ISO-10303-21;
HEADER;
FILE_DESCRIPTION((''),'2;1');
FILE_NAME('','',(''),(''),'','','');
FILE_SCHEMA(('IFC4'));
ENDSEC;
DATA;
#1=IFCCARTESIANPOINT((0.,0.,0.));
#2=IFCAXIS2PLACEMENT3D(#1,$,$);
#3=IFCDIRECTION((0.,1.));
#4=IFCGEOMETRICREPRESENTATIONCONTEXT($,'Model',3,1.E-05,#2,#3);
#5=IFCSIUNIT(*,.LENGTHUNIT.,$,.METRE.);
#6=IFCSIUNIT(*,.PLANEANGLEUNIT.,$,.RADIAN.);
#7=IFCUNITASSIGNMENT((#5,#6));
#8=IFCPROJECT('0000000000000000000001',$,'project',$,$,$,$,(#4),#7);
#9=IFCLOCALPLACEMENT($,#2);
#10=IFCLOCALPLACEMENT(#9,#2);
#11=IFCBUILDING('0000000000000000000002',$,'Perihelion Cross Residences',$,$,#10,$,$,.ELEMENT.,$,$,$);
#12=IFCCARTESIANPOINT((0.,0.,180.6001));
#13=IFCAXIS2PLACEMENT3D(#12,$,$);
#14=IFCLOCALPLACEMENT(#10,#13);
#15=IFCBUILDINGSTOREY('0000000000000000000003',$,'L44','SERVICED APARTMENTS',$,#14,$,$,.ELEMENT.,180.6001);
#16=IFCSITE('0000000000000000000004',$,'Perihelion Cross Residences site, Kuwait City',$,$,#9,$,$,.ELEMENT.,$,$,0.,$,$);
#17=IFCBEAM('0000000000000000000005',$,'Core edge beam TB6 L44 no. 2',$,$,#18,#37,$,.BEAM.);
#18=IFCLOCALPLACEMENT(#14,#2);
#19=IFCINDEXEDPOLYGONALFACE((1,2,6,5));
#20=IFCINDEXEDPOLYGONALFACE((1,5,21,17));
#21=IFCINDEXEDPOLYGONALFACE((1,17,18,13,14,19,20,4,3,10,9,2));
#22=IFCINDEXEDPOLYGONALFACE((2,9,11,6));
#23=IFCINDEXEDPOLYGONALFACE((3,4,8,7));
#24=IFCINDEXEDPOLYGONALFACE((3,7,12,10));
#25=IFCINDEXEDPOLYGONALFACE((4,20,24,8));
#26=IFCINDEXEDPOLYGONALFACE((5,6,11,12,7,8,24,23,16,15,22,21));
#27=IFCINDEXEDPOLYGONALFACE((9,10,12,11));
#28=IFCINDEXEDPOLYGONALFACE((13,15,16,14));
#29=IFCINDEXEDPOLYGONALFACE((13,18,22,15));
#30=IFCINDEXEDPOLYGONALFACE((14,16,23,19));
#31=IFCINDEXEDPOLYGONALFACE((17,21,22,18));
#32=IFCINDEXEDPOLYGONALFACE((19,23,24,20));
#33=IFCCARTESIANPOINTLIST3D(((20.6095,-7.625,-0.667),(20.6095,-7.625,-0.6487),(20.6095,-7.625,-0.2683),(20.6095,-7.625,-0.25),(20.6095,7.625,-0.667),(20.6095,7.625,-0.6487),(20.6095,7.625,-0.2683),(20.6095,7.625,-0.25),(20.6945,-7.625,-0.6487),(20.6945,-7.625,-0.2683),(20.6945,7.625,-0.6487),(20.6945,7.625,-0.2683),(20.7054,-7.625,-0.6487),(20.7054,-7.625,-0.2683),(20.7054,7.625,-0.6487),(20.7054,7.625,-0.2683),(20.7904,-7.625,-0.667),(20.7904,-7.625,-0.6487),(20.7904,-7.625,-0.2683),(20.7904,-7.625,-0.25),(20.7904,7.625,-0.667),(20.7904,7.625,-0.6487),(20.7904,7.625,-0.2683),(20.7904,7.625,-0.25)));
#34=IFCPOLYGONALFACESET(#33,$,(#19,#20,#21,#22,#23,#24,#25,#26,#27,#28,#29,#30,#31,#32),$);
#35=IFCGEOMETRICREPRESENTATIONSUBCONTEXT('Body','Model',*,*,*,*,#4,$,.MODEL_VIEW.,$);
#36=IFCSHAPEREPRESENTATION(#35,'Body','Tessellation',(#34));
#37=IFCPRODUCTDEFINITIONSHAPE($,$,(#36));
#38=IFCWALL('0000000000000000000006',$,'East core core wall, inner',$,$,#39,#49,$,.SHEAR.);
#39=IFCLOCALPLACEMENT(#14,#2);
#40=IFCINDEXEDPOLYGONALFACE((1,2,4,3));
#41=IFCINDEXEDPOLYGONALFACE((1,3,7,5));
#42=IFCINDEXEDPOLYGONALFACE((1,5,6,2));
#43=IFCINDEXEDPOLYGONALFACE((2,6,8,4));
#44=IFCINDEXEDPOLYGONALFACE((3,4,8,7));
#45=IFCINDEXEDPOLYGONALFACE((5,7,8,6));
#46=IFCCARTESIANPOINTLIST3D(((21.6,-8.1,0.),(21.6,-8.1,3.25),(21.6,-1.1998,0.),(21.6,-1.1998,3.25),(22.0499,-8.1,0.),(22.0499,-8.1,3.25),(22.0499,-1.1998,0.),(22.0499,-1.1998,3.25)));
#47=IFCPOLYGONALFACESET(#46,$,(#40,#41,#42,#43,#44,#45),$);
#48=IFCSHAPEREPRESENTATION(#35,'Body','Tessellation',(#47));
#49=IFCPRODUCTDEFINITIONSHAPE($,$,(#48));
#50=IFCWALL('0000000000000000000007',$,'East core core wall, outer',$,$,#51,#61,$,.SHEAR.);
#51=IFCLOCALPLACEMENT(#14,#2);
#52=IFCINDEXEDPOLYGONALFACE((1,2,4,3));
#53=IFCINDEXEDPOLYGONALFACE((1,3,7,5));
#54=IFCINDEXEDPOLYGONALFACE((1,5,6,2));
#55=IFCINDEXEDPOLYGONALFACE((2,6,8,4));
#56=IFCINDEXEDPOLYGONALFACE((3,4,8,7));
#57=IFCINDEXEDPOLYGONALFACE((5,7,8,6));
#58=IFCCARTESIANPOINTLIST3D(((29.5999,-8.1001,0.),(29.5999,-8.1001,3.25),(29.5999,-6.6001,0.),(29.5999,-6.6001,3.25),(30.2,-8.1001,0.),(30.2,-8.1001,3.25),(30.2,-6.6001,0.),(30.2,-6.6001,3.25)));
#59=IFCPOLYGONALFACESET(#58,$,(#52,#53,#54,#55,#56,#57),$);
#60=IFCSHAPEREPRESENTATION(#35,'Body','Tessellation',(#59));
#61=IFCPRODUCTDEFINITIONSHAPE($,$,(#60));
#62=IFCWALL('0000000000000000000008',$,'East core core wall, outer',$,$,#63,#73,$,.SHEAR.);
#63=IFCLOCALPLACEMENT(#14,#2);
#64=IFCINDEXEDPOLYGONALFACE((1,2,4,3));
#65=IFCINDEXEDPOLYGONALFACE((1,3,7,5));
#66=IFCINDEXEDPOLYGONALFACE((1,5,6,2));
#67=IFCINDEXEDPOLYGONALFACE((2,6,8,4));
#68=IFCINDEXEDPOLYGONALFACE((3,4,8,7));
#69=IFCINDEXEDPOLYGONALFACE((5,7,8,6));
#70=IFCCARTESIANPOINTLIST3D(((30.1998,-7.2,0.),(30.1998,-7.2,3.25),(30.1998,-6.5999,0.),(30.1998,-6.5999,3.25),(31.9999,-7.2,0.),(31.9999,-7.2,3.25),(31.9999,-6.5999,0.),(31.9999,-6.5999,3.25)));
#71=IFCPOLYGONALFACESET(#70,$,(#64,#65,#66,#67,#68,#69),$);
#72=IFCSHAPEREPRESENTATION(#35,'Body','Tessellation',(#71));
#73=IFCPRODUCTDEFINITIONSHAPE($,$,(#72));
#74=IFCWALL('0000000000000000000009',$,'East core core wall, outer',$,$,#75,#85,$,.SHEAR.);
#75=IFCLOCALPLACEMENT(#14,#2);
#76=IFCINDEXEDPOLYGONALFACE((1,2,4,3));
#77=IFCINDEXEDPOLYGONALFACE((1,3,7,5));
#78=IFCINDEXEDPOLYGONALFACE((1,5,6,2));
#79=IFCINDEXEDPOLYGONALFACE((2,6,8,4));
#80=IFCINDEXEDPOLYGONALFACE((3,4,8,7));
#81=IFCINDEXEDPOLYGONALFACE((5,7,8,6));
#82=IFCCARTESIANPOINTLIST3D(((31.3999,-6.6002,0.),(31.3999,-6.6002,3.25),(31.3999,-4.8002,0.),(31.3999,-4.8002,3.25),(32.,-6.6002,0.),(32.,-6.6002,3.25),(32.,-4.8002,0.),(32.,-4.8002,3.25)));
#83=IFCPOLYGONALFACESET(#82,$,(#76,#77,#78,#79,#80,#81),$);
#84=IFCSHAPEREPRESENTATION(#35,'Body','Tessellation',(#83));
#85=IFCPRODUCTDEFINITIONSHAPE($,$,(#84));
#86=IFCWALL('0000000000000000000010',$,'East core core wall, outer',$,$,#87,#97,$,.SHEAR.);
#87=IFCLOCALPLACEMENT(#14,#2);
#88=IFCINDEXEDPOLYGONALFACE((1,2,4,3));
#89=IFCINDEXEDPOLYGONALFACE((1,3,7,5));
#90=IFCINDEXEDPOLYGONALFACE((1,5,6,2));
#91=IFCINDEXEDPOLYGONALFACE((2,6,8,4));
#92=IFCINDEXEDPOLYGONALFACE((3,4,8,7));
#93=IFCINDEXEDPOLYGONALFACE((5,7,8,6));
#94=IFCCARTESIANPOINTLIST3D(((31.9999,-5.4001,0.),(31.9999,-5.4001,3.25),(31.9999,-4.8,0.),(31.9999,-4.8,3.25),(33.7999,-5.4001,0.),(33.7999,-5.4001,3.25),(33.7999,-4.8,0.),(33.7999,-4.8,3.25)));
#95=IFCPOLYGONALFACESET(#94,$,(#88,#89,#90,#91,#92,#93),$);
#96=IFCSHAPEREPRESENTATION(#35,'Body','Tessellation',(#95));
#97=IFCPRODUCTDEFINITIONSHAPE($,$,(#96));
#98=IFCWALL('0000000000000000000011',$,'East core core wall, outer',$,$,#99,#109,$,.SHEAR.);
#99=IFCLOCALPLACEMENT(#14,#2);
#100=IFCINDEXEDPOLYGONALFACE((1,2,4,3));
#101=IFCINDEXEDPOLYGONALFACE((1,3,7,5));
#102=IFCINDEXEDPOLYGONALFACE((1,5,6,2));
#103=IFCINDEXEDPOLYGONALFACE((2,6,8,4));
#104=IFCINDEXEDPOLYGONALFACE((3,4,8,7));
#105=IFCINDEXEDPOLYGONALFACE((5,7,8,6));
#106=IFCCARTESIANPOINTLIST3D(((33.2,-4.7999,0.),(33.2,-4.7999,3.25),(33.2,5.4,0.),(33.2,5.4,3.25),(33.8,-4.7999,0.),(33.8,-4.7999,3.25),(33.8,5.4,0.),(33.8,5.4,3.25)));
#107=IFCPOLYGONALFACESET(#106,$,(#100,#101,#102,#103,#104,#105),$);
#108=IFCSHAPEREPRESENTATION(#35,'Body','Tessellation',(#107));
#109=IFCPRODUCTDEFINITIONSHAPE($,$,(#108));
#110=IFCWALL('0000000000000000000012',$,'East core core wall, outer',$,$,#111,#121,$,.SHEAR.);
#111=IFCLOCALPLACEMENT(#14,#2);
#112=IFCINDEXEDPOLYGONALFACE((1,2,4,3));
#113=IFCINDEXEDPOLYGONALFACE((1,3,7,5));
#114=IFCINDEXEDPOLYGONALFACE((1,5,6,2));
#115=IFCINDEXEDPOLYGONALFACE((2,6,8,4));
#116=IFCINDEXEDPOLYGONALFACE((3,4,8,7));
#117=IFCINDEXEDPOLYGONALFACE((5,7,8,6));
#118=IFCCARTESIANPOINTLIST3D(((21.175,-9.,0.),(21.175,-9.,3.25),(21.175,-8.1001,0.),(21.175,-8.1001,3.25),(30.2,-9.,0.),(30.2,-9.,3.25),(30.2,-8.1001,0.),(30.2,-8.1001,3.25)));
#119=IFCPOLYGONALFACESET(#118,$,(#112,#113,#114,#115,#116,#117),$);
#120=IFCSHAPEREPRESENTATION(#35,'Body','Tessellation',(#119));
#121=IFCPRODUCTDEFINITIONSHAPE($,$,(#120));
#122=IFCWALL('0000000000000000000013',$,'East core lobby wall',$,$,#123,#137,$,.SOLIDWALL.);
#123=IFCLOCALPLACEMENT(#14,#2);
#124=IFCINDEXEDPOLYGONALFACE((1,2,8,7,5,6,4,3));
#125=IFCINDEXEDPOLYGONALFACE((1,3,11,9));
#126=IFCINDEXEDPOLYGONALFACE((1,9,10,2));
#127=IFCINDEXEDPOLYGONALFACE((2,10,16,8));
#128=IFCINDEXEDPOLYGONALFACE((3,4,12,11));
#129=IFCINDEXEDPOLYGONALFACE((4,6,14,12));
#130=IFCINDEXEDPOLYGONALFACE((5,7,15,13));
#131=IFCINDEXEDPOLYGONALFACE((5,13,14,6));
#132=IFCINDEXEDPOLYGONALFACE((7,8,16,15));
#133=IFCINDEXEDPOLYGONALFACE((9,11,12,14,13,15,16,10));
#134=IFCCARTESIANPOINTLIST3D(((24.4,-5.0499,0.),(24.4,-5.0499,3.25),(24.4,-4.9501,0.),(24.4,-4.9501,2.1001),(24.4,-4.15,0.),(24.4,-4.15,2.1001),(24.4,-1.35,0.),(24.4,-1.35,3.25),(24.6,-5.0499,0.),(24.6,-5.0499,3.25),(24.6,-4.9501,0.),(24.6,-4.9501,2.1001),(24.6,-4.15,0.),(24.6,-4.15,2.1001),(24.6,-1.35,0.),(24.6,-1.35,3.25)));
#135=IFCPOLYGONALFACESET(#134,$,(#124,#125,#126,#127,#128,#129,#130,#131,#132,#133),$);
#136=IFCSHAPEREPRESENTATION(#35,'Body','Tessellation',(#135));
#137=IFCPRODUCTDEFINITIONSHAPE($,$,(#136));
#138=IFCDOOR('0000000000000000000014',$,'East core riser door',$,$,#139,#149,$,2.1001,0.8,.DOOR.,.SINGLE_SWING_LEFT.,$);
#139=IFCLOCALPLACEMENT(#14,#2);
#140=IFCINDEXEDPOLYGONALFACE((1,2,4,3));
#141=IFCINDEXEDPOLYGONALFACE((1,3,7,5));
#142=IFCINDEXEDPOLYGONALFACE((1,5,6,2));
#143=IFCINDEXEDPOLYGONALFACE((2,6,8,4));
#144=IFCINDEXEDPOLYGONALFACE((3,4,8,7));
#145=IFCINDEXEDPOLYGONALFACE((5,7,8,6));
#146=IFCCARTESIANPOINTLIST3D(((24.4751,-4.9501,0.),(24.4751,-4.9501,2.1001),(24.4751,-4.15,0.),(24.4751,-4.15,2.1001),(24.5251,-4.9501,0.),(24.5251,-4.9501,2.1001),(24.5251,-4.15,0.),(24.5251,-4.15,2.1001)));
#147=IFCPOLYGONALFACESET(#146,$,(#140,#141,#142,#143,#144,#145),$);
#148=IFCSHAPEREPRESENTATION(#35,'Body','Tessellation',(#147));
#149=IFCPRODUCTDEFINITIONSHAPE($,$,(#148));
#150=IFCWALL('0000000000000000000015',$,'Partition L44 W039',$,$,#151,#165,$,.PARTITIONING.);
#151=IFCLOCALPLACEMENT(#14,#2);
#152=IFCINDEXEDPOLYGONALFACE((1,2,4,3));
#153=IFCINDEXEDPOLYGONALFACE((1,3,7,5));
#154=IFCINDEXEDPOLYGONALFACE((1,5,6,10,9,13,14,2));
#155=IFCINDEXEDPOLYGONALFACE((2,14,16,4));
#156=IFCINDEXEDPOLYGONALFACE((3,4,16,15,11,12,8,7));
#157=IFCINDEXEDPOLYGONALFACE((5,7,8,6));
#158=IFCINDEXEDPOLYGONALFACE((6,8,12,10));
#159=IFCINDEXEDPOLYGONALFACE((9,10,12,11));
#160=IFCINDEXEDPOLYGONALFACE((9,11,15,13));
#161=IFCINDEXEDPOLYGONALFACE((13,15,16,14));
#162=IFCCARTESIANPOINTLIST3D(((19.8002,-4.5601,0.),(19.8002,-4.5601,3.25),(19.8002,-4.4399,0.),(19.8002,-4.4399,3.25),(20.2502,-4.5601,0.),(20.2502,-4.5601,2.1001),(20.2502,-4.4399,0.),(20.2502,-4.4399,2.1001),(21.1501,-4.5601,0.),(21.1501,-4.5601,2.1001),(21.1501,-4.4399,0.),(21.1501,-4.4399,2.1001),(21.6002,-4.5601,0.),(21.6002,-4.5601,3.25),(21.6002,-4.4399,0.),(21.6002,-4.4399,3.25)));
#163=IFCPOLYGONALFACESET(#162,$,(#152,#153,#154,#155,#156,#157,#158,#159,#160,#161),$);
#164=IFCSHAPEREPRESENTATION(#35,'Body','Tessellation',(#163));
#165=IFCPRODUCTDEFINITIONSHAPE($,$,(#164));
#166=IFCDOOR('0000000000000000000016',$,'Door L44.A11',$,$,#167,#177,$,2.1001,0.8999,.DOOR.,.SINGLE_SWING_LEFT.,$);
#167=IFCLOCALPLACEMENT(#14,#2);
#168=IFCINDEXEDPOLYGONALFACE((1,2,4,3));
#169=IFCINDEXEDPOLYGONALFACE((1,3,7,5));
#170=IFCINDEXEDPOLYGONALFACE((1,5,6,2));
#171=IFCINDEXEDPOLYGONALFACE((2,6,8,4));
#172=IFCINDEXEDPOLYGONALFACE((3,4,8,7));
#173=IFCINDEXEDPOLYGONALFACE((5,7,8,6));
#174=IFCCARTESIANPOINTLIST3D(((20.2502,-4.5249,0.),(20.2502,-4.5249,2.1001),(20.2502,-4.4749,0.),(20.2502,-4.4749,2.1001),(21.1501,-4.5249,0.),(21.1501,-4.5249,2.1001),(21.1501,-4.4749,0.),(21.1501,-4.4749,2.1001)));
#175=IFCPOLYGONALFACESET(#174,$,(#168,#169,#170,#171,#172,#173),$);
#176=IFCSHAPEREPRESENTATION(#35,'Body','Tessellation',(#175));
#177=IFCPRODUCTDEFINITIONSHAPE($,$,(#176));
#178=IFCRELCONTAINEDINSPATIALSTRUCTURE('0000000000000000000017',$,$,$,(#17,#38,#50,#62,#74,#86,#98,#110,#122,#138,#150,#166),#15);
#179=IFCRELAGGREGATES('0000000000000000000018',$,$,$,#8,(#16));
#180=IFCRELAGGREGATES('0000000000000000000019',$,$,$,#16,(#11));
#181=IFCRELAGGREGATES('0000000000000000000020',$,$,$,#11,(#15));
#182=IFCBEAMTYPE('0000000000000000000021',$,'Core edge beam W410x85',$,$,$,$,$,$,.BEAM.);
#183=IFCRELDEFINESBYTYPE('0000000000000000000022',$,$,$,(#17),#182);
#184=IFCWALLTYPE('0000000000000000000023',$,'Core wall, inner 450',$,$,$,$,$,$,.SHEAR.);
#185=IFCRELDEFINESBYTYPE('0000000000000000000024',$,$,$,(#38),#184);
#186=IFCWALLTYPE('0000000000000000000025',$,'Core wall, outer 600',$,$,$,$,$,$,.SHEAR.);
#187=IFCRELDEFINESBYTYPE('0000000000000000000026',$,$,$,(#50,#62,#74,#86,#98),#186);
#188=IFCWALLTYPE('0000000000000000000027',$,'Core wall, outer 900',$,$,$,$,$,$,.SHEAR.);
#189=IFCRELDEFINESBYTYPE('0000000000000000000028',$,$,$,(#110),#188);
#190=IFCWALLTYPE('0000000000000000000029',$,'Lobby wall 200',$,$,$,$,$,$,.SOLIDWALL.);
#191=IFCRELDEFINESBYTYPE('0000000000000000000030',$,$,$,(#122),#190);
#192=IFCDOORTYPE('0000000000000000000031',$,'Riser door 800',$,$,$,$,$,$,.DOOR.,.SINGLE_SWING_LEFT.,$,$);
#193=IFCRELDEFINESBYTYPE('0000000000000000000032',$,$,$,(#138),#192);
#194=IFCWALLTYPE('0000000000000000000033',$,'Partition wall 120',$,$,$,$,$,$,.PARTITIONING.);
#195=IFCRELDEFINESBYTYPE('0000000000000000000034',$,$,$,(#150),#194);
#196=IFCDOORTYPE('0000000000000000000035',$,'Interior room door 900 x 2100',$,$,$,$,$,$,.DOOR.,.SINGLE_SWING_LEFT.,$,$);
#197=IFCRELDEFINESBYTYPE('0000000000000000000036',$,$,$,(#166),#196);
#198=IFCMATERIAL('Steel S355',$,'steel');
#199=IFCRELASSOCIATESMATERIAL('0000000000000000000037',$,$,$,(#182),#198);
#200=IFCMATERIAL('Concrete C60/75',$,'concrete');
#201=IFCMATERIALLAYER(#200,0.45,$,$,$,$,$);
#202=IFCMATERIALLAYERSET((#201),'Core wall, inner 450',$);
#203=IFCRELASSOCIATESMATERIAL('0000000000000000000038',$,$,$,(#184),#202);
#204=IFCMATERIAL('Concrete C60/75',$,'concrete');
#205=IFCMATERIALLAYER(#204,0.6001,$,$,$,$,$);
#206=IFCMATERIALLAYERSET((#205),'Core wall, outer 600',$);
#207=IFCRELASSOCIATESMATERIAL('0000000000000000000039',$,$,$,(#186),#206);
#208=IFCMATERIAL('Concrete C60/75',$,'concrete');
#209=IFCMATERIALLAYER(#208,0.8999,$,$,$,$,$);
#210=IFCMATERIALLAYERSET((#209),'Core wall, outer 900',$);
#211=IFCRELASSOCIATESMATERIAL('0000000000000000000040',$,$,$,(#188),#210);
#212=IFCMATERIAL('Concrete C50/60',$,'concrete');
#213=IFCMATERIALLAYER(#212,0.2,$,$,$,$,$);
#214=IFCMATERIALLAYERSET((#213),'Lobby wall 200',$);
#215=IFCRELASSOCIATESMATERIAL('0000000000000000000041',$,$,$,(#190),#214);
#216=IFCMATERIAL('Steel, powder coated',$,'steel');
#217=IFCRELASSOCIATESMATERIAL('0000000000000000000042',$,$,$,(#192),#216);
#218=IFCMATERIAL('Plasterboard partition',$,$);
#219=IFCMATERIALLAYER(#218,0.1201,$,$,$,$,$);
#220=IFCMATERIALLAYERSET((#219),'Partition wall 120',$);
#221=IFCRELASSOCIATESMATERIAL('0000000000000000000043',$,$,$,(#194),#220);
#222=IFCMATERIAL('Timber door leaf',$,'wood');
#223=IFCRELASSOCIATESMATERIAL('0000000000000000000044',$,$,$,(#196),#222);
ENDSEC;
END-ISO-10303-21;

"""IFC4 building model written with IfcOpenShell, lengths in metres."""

from ifc_helpers import new_model, si_unit, direction, frame, frame_2d, origin, origin_2d, place, context, subcontext, project, spatial, rectangle, i_section, extrude, material, layer, layer_set, material_profile, profile_set, type_object, element, fill, save


model = new_model("IFC4")

# Units and contexts
model_context = context("Model", 3, precision=1e-05, world=origin(), true_north=direction((0.0, 1.0)))
body_context = subcontext(model_context, "Body", "Model", "MODEL_VIEW")
ifc_project = project(units=[si_unit("LENGTHUNIT", "METRE"), si_unit("PLANEANGLEUNIT", "RADIAN")], contexts=[model_context])

# Site, building, storey
site_placement = place(None, origin())
site = spatial("IfcSite", under=ifc_project, at=site_placement, Name="Perihelion Cross Residences site, Kuwait City", CompositionType="ELEMENT", RefElevation=0.0)
building_placement = place(site_placement, origin())
building = spatial("IfcBuilding", under=site, at=building_placement, Name="Perihelion Cross Residences", CompositionType="ELEMENT")
storey_placement = place(building_placement, frame((0.0, 0.0, 180.6001)))
storey = spatial("IfcBuildingStorey", under=building, at=storey_placement, Name="L44", Description="SERVICED APARTMENTS", CompositionType="ELEMENT", Elevation=180.6001)

# Beam
ifc_material_1 = material(Name="Steel S355", Category="steel")
ifc_material_profile = material_profile(ifc_material_1, i_section(OverallWidth=0.1809, OverallDepth=0.417, WebThickness=0.011, FlangeThickness=0.0183, at=origin_2d()), Name="W410x85")
ifc_profile_set = profile_set([ifc_material_profile], Name="Steel S355")
beam_type = type_object("IfcBeamType", Name="Core edge beam W410x85", PredefinedType="BEAM", material=ifc_profile_set)
beam_placement = place(storey_placement, frame((20.7, -7.625, -0.4585), z_axis=(0.0, 1.0, 0.0), x_axis=(-1.0, 0.0, 0.0)))
element("IfcBeam", 1, at=beam_placement, inside=storey, type_object=beam_type, Name="Core edge beam TB6 L44 no. 2", PredefinedType="BEAM", context=body_context, shape_type="SweptSolid", body=[
    extrude(i_section(OverallWidth=0.1809, OverallDepth=0.417, WebThickness=0.011, FlangeThickness=0.0183, at=origin_2d()), origin(), (0.0, 0.0, 1.0), 15.25),
])

# Walls
ifc_material_2 = material(Name="Concrete C60/75", Category="concrete")
ifc_layer_1 = layer(ifc_material_2, 0.45)
ifc_layer_set_1 = layer_set([ifc_layer_1], Name="Core wall, inner 450")
wall_type_1 = type_object("IfcWallType", Name="Core wall, inner 450", PredefinedType="SHEAR", material=ifc_layer_set_1)
wall_1_placement = place(storey_placement, frame((21.825, -8.1001, 0.0), z_axis=(0.0, 0.0, 1.0), x_axis=(0.0, 1.0, 0.0)))
element("IfcWall", 2, at=wall_1_placement, inside=storey, type_object=wall_type_1, Name="East core core wall, inner", PredefinedType="SHEAR", context=body_context, shape_type="SweptSolid", body=[
    extrude(rectangle(XDim=6.9001, YDim=0.45, at=frame_2d((3.4502, 0.0))), origin(), (0.0, 0.0, 1.0), 3.25),
])
ifc_material_3 = material(Name="Concrete C60/75", Category="concrete")
ifc_layer_2 = layer(ifc_material_3, 0.6001)
ifc_layer_set_2 = layer_set([ifc_layer_2], Name="Core wall, outer 600")
wall_type_2 = type_object("IfcWallType", Name="Core wall, outer 600", PredefinedType="SHEAR", material=ifc_layer_set_2)
wall_2_placement = place(storey_placement, frame((29.8999, -8.1001, 0.0), z_axis=(0.0, 0.0, 1.0), x_axis=(0.0, 1.0, 0.0)))
element("IfcWall", 3, at=wall_2_placement, inside=storey, type_object=wall_type_2, Name="East core core wall, outer", PredefinedType="SHEAR", context=body_context, shape_type="SweptSolid", body=[
    extrude(rectangle(XDim=1.5, YDim=0.6001, at=frame_2d((0.75, 0.0))), origin(), (0.0, 0.0, 1.0), 3.25),
])
for number, where, z_axis, x_axis, name in (
    (4, (30.2, -6.8999, 0.0), (0.0, 0.0, 1.0), (1.0, 0.0, 0.0), "East core core wall, outer"),
    (5, (31.7, -6.6001, 0.0), (0.0, 0.0, 1.0), (0.0, 1.0, 0.0), "East core core wall, outer"),
    (6, (32.0, -5.1001, 0.0), (0.0, 0.0, 1.0), (1.0, 0.0, 0.0), "East core core wall, outer"),
):
    element("IfcWall", number, at=place(storey_placement, frame(where, z_axis=z_axis, x_axis=x_axis)), inside=storey, type_object=wall_type_2, Name=name, PredefinedType="SHEAR", context=body_context, shape_type="SweptSolid", body=[
        extrude(rectangle(XDim=1.8, YDim=0.6001, at=frame_2d((0.8999, 0.0))), origin(), (0.0, 0.0, 1.0), 3.25),
    ])
wall_3_placement = place(storey_placement, frame((33.5, -4.8, 0.0), z_axis=(0.0, 0.0, 1.0), x_axis=(0.0, 1.0, 0.0)))
element("IfcWall", 7, at=wall_3_placement, inside=storey, type_object=wall_type_2, Name="East core core wall, outer", PredefinedType="SHEAR", context=body_context, shape_type="SweptSolid", body=[
    extrude(rectangle(XDim=10.2, YDim=0.6001, at=frame_2d((5.1001, 0.0))), origin(), (0.0, 0.0, 1.0), 3.25),
])
ifc_material_4 = material(Name="Concrete C60/75", Category="concrete")
ifc_layer_3 = layer(ifc_material_4, 0.8999)
ifc_layer_set_3 = layer_set([ifc_layer_3], Name="Core wall, outer 900")
wall_type_3 = type_object("IfcWallType", Name="Core wall, outer 900", PredefinedType="SHEAR", material=ifc_layer_set_3)
wall_4_placement = place(storey_placement, frame((21.175, -8.55, 0.0), z_axis=(0.0, 0.0, 1.0), x_axis=(1.0, 0.0, 0.0)))
element("IfcWall", 8, at=wall_4_placement, inside=storey, type_object=wall_type_3, Name="East core core wall, outer", PredefinedType="SHEAR", context=body_context, shape_type="SweptSolid", body=[
    extrude(rectangle(XDim=9.0249, YDim=0.8999, at=frame_2d((4.5125, 0.0))), origin(), (0.0, 0.0, 1.0), 3.25),
])

# Walls, openings, doors
ifc_material_5 = material(Name="Concrete C50/60", Category="concrete")
ifc_layer_4 = layer(ifc_material_5, 0.2)
ifc_layer_set_4 = layer_set([ifc_layer_4], Name="Lobby wall 200")
wall_type_4 = type_object("IfcWallType", Name="Lobby wall 200", PredefinedType="SOLIDWALL", material=ifc_layer_set_4)
wall_5_placement = place(storey_placement, frame((24.5, -5.05, 0.0), z_axis=(0.0, 0.0, 1.0), x_axis=(0.0, 1.0, 0.0)))
wall_5 = element("IfcWall", 9, at=wall_5_placement, inside=storey, type_object=wall_type_4, Name="East core lobby wall", PredefinedType="SOLIDWALL", context=body_context, shape_type="SweptSolid", body=[
    extrude(rectangle(XDim=3.7, YDim=0.2, at=frame_2d((1.8501, 0.0))), origin(), (0.0, 0.0, 1.0), 3.25),
])
opening_1_placement = place(wall_5_placement, frame((0.1001, 0.0, 0.0)))
opening_1 = element("IfcOpeningElement", 10, at=opening_1_placement, cuts=wall_5, PredefinedType="OPENING", context=body_context, shape_type="SweptSolid", body=[
    extrude(rectangle(XDim=0.8, YDim=2.1001, at=frame_2d((0.3999, 1.05))), frame((0.0, 0.1099, 0.0), z_axis=(0.0, -1.0, 0.0), x_axis=(1.0, 0.0, 0.0)), (0.0, 0.0, 1.0), 0.22),
])
ifc_material_6 = material(Name="Steel, powder coated", Category="steel")
door_type_1 = type_object("IfcDoorType", Name="Riser door 800", OperationType="SINGLE_SWING_LEFT", PredefinedType="DOOR", material=ifc_material_6)
door_1_placement = place(opening_1_placement, origin())
door_1 = element("IfcDoor", 11, at=door_1_placement, inside=storey, type_object=door_type_1, Name="East core riser door", OperationType="SINGLE_SWING_LEFT", OverallHeight=2.1001, OverallWidth=0.8, PredefinedType="DOOR", context=body_context, shape_type="SweptSolid", body=[
    extrude(rectangle(XDim=0.8, YDim=2.1001, at=frame_2d((0.3999, 1.05))), frame((0.0, 0.0249, 0.0), z_axis=(0.0, -1.0, 0.0), x_axis=(1.0, 0.0, 0.0)), (0.0, 0.0, 1.0), 0.05),
])
fill(opening_1, door_1)
ifc_material_7 = material(Name="Plasterboard partition")
ifc_layer_5 = layer(ifc_material_7, 0.1201)
ifc_layer_set_5 = layer_set([ifc_layer_5], Name="Partition wall 120")
wall_type_5 = type_object("IfcWallType", Name="Partition wall 120", PredefinedType="PARTITIONING", material=ifc_layer_set_5)
wall_6_placement = place(storey_placement, frame((21.6001, -4.5, 0.0), z_axis=(0.0, 0.0, 1.0), x_axis=(-1.0, 0.0, 0.0)))
wall_6 = element("IfcWall", 12, at=wall_6_placement, inside=storey, type_object=wall_type_5, Name="Partition L44 W039", PredefinedType="PARTITIONING", context=body_context, shape_type="SweptSolid", body=[
    extrude(rectangle(XDim=1.8, YDim=0.1201, at=frame_2d((0.8999, 0.0))), origin(), (0.0, 0.0, 1.0), 3.25),
])
opening_2_placement = place(wall_6_placement, frame((0.45, 0.0, 0.0)))
opening_2 = element("IfcOpeningElement", 13, at=opening_2_placement, cuts=wall_6, PredefinedType="OPENING", context=body_context, shape_type="SweptSolid", body=[
    extrude(rectangle(XDim=0.8999, YDim=2.1001, at=frame_2d((0.45, 1.05))), frame((0.0, 0.0701, 0.0), z_axis=(0.0, -1.0, 0.0), x_axis=(1.0, 0.0, 0.0)), (0.0, 0.0, 1.0), 0.1401),
])
ifc_material_8 = material(Name="Timber door leaf", Category="wood")
door_type_2 = type_object("IfcDoorType", Name="Interior room door 900 x 2100", OperationType="SINGLE_SWING_LEFT", PredefinedType="DOOR", material=ifc_material_8)
door_2_placement = place(opening_2_placement, origin())
door_2 = element("IfcDoor", 14, at=door_2_placement, inside=storey, type_object=door_type_2, Name="Door L44.A11", OperationType="SINGLE_SWING_LEFT", OverallHeight=2.1001, OverallWidth=0.8999, PredefinedType="DOOR", context=body_context, shape_type="SweptSolid", body=[
    extrude(rectangle(XDim=0.8999, YDim=2.1001, at=frame_2d((0.45, 1.05))), frame((0.0, 0.0249, 0.0), z_axis=(0.0, -1.0, 0.0), x_axis=(1.0, 0.0, 0.0)), (0.0, 0.0, 1.0), 0.05),
])
fill(opening_2, door_2)

save(model, "model.ifc")
